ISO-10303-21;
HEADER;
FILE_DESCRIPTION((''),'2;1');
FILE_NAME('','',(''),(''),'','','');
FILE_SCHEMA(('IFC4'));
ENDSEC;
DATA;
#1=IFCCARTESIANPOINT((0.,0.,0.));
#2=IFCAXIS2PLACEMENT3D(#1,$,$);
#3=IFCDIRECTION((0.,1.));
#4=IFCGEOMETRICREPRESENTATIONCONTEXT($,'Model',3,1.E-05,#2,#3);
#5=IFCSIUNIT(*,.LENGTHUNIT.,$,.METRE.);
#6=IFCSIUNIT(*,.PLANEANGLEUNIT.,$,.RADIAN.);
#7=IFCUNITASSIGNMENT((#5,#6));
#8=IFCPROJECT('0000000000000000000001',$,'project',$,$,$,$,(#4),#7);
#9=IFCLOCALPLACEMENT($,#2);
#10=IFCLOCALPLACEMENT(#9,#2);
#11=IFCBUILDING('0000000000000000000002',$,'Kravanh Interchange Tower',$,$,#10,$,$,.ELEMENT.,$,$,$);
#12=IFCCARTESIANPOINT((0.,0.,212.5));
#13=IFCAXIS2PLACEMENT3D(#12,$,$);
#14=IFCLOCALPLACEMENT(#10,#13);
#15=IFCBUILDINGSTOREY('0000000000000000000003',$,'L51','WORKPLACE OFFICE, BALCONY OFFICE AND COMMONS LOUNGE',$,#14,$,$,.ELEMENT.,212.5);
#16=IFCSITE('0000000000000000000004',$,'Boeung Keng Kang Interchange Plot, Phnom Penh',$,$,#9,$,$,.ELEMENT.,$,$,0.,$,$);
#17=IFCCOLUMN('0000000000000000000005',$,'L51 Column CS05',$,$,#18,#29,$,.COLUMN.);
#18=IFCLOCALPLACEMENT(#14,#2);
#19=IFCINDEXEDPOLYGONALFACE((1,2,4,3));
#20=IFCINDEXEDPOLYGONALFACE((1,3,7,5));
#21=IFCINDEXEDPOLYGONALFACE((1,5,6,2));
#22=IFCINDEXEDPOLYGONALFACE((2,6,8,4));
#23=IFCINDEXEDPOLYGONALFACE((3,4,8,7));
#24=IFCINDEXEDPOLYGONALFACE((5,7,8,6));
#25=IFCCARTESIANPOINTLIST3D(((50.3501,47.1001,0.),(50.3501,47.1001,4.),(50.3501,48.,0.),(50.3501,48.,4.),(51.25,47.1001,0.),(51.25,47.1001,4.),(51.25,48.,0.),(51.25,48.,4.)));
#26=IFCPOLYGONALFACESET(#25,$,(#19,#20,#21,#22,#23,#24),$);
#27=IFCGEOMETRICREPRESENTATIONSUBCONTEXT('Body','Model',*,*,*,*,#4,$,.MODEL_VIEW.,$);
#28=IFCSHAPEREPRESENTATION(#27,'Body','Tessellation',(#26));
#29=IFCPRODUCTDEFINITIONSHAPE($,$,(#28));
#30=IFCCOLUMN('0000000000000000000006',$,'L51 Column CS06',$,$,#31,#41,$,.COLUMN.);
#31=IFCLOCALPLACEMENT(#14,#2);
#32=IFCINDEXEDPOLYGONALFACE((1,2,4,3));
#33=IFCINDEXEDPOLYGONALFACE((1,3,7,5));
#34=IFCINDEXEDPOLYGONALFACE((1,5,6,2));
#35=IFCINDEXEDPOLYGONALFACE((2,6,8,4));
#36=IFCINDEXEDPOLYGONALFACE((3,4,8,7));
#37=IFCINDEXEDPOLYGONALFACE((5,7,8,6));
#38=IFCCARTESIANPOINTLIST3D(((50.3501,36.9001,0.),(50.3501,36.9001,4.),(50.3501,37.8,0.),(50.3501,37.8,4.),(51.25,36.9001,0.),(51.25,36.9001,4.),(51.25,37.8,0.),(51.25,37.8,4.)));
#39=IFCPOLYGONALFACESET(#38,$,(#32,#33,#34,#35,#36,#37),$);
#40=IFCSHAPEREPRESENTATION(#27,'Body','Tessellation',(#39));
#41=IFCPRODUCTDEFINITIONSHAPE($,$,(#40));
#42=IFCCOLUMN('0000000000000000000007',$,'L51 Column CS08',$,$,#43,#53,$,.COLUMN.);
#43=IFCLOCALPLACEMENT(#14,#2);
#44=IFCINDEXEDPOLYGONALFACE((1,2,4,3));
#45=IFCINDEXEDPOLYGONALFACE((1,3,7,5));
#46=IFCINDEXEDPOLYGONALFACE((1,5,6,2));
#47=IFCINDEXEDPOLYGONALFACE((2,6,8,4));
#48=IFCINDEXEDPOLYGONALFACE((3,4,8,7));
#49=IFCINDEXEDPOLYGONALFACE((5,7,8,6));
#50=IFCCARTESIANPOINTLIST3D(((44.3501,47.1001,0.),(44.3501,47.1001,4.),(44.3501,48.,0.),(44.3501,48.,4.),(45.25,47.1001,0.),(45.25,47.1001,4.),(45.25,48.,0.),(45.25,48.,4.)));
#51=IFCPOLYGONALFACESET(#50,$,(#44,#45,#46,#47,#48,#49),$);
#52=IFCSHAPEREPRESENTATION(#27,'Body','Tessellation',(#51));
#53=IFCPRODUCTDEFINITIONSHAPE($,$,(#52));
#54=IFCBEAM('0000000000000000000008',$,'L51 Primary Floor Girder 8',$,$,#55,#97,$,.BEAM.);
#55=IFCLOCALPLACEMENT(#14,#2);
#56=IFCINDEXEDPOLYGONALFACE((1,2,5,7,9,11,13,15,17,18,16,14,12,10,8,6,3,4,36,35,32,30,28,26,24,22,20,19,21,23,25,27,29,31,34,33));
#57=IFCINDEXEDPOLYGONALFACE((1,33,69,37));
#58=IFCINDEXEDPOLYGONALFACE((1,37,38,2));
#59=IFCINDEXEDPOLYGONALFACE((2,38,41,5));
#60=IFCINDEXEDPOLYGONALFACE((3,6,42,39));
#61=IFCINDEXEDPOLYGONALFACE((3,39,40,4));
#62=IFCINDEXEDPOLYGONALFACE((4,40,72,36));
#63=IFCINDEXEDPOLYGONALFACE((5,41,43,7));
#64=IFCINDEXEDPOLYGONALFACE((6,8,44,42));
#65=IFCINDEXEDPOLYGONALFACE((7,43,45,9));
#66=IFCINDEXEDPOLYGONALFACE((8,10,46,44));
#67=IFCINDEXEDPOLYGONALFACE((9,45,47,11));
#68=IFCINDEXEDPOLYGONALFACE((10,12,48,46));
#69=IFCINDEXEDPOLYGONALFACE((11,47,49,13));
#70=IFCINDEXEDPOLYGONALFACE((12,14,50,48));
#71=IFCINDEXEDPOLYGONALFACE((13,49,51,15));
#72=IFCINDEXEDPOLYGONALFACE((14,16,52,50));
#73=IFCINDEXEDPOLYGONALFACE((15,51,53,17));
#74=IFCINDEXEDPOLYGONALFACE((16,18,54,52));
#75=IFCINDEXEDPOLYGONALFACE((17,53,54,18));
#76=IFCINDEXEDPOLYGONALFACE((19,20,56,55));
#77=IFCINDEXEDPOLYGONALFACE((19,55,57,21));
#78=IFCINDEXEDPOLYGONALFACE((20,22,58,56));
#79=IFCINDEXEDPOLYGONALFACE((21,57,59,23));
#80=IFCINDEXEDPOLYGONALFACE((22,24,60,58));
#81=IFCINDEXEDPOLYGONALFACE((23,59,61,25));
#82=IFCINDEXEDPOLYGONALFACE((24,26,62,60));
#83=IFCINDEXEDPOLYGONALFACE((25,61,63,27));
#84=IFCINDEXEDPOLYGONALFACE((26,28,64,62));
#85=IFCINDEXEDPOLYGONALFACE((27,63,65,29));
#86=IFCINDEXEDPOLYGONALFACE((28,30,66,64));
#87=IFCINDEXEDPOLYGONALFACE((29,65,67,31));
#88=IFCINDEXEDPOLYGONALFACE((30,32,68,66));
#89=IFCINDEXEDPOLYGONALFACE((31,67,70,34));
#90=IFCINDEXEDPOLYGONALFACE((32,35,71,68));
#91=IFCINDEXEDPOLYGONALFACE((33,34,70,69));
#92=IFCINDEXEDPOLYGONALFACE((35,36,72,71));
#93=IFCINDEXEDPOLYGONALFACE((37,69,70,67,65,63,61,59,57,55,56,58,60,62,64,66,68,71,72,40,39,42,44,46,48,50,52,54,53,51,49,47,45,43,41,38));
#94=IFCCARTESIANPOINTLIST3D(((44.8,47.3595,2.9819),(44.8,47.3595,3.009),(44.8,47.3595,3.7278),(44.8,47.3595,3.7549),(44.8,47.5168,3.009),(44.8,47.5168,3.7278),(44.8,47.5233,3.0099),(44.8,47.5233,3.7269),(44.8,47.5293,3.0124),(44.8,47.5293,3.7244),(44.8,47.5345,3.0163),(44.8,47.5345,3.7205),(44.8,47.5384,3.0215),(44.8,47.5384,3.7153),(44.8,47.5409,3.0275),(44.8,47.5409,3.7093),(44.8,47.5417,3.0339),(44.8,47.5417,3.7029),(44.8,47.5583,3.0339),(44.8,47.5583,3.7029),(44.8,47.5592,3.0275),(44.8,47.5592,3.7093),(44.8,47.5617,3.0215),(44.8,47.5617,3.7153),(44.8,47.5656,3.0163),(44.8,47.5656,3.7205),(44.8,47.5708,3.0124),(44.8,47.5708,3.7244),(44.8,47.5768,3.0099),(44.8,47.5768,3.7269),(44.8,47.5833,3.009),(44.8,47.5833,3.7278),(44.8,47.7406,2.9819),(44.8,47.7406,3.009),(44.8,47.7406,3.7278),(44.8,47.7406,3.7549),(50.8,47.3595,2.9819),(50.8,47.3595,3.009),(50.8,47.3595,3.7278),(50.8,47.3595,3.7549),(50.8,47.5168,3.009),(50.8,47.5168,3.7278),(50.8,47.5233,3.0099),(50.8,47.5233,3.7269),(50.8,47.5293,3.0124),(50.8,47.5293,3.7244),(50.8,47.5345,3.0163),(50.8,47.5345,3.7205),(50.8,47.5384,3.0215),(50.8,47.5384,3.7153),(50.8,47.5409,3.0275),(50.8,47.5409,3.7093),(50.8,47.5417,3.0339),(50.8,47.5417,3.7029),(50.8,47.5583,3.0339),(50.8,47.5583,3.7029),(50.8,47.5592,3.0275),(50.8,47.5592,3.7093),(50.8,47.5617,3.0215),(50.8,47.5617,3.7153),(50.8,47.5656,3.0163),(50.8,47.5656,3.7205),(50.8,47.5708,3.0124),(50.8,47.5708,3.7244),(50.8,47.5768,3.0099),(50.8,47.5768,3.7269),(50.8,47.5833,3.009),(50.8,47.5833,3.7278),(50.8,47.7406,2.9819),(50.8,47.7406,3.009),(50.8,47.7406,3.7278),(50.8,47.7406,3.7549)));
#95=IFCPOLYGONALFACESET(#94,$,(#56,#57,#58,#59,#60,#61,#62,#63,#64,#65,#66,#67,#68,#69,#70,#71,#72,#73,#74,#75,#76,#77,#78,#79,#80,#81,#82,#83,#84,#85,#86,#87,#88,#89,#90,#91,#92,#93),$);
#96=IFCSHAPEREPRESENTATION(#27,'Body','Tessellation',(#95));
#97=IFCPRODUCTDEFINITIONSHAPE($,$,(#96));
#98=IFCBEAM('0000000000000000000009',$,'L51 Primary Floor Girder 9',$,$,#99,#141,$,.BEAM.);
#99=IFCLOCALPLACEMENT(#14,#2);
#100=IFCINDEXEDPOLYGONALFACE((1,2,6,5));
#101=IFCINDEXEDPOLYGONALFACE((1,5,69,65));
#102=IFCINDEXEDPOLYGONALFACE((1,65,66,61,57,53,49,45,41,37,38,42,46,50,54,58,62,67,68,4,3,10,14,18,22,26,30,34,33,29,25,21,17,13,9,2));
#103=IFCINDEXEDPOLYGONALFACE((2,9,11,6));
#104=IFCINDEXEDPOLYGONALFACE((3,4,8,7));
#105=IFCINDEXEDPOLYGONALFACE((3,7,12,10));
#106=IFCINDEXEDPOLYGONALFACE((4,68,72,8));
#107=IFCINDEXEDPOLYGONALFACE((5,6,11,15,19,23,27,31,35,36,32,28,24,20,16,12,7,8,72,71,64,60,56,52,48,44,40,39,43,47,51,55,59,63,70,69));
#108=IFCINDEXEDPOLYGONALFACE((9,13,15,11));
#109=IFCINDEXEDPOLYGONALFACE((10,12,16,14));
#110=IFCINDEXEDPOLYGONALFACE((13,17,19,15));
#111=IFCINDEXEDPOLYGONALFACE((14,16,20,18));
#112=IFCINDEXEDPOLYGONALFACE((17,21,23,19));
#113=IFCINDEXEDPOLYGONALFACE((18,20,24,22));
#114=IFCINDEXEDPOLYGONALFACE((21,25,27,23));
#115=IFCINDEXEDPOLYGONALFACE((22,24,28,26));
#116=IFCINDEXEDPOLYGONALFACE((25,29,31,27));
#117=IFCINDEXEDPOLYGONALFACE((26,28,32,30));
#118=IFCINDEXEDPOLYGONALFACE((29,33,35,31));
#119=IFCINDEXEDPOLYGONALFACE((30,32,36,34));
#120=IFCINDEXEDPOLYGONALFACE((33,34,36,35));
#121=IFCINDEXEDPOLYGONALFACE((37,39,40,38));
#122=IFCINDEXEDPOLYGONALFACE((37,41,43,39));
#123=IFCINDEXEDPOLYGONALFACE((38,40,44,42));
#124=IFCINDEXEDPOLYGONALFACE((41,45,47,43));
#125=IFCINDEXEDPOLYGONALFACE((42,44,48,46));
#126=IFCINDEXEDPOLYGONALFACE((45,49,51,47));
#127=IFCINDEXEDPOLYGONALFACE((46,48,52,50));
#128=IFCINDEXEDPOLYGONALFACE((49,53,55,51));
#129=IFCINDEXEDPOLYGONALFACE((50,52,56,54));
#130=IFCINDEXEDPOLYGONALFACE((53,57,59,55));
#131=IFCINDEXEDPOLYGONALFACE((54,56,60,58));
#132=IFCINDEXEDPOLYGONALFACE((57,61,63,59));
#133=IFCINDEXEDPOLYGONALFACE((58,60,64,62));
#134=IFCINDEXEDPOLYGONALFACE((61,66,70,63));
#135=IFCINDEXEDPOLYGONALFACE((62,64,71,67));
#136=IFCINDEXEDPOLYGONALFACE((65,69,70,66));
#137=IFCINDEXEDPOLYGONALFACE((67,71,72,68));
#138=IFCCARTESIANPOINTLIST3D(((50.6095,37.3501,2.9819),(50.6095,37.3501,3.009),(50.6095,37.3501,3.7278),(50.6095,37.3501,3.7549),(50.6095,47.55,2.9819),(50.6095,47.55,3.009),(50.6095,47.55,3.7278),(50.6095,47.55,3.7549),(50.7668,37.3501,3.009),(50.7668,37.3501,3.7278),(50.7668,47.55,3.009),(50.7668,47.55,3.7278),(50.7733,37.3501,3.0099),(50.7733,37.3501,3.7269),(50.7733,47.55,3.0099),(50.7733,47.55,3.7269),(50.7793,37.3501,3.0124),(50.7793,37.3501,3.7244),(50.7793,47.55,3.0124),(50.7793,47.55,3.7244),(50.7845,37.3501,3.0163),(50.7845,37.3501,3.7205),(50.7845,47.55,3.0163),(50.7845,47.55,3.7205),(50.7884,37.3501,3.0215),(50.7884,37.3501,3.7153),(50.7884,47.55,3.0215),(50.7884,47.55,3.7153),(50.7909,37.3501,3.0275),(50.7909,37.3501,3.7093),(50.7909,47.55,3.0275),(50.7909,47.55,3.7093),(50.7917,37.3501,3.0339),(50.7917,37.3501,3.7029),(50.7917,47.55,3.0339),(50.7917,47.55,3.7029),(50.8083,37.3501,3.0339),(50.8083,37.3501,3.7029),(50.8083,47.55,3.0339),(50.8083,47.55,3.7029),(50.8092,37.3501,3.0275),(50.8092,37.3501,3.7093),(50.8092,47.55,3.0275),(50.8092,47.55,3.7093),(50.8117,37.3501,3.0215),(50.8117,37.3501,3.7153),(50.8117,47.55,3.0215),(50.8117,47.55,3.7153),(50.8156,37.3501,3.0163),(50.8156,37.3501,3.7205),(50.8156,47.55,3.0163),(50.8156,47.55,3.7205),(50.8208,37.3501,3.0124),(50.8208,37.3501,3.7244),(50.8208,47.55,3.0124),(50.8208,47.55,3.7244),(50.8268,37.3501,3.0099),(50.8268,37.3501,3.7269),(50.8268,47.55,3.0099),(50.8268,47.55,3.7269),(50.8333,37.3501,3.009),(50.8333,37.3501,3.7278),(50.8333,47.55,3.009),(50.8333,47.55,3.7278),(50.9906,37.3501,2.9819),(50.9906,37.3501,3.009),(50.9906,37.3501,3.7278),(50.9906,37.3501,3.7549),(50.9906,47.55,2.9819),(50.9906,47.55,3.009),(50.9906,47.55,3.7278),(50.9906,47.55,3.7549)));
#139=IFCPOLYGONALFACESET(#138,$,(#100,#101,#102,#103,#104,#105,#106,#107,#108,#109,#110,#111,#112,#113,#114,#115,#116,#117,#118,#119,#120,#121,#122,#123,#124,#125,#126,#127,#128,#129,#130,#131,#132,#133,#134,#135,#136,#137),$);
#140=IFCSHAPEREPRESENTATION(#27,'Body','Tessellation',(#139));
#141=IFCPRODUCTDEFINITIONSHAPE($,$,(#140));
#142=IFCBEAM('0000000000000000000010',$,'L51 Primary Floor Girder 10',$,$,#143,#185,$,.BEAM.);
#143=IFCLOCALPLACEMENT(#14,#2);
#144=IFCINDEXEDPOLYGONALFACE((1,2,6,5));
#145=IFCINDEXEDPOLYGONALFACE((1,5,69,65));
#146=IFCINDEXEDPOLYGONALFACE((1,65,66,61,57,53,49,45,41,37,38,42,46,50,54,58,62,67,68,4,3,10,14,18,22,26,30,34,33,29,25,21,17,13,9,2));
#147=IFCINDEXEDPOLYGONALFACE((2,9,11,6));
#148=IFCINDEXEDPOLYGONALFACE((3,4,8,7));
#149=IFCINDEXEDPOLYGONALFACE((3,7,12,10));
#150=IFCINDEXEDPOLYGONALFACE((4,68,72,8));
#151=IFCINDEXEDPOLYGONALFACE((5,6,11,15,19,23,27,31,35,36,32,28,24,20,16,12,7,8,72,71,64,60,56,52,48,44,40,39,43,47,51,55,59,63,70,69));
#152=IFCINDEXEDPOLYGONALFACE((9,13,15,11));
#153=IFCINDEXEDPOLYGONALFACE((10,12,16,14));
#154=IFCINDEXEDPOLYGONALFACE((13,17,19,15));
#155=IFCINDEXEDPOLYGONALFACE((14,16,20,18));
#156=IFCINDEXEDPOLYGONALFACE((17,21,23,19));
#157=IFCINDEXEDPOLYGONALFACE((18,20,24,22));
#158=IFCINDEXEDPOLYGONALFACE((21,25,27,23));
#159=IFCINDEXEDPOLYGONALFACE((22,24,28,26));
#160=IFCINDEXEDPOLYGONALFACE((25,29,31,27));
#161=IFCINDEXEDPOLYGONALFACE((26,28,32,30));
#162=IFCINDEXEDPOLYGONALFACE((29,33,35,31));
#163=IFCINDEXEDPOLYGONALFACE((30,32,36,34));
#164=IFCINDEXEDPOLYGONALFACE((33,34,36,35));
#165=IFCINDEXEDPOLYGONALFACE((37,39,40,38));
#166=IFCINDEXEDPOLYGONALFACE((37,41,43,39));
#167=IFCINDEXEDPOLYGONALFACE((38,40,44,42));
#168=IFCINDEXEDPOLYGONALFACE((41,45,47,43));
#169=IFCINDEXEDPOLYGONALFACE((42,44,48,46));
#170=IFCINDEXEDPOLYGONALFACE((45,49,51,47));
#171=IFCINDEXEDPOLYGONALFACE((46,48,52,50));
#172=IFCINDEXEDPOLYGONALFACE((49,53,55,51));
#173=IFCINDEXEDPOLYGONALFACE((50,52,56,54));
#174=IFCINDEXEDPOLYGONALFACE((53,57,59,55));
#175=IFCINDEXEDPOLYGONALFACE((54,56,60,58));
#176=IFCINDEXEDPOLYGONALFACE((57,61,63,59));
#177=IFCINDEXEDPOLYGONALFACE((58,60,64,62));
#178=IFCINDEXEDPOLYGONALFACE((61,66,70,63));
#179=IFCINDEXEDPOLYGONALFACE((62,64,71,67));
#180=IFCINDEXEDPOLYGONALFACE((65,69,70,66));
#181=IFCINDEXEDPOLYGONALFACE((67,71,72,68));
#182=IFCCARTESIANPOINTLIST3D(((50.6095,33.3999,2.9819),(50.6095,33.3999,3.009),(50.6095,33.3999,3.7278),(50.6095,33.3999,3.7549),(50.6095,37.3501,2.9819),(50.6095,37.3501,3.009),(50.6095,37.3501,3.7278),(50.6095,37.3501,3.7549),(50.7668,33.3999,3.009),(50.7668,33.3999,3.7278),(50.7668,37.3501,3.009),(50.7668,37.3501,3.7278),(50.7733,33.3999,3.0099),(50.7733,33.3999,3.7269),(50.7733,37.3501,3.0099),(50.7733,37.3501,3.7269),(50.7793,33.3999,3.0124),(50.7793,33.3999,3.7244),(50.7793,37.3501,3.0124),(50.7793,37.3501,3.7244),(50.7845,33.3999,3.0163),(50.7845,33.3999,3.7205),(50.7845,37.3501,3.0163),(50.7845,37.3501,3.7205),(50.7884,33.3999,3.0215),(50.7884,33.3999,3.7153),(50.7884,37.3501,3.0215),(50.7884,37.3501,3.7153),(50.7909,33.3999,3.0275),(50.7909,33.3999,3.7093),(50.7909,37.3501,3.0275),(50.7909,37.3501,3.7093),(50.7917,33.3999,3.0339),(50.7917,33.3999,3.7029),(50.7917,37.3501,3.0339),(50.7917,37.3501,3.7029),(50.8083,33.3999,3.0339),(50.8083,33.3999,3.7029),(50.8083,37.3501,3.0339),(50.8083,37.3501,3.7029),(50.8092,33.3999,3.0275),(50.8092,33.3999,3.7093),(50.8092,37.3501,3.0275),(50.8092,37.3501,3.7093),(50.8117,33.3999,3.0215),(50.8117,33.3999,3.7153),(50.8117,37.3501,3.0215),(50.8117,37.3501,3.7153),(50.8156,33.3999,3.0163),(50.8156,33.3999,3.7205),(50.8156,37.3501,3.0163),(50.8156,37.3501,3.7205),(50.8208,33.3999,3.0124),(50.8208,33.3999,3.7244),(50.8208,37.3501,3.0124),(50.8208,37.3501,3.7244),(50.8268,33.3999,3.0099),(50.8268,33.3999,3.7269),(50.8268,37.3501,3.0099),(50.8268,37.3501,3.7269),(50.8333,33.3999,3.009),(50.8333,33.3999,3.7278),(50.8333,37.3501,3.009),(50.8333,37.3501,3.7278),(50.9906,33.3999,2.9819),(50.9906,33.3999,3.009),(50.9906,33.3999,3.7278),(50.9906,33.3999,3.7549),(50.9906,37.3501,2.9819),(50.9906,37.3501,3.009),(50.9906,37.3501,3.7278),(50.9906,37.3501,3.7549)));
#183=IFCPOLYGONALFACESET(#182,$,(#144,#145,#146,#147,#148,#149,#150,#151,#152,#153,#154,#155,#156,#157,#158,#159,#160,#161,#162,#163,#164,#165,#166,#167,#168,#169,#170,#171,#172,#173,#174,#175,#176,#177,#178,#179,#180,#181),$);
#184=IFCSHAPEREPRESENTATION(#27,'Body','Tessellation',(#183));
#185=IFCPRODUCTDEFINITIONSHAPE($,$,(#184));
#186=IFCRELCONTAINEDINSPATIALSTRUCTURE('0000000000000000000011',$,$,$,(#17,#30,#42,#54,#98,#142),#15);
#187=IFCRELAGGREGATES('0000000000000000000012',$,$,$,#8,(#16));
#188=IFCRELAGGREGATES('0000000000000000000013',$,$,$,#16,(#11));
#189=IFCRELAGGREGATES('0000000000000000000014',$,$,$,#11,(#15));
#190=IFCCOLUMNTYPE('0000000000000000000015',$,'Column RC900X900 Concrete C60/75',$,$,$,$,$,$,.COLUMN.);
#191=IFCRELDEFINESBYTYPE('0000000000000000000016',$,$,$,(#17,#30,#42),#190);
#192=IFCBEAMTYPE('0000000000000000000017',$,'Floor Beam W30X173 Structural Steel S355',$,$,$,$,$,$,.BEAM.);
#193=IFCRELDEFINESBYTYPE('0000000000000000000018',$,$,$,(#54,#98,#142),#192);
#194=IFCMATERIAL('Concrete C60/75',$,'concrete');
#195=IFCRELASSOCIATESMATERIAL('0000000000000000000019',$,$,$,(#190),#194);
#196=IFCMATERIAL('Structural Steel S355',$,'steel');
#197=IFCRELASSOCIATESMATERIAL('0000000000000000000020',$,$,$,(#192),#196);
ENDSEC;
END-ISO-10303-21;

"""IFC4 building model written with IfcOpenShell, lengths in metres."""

from ifc_helpers import new_model, si_unit, direction, frame, origin, origin_2d, place, context, subcontext, project, spatial, rectangle, i_section, extrude, material, material_profile, profile_set, type_object, element, save


model = new_model("IFC4")

# Units and contexts
model_context = context("Model", 3, precision=1e-05, world=origin(), true_north=direction((0.0, 1.0)))
body_context = subcontext(model_context, "Body", "Model", "MODEL_VIEW")
ifc_project = project(units=[si_unit("LENGTHUNIT", "METRE"), si_unit("PLANEANGLEUNIT", "RADIAN")], contexts=[model_context])

# Site, building, storey
site_placement = place(None, origin())
site = spatial("IfcSite", under=ifc_project, at=site_placement, Name="Boeung Keng Kang Interchange Plot, Phnom Penh", CompositionType="ELEMENT", RefElevation=0.0)
building_placement = place(site_placement, origin())
building = spatial("IfcBuilding", under=site, at=building_placement, Name="Kravanh Interchange Tower", CompositionType="ELEMENT")
storey_placement = place(building_placement, frame((0.0, 0.0, 212.5)))
storey = spatial("IfcBuildingStorey", under=building, at=storey_placement, Name="L51", Description="WORKPLACE OFFICE, BALCONY OFFICE AND COMMONS LOUNGE", CompositionType="ELEMENT", Elevation=212.5)

# Columns
ifc_material_1 = material(Name="Concrete C60/75", Category="concrete")
ifc_material_profile_1 = material_profile(ifc_material_1, rectangle(XDim=0.8999, YDim=0.8999, at=origin_2d()), Name="RC900X900")
ifc_profile_set_1 = profile_set([ifc_material_profile_1], Name="Concrete C60/75")
column_type = type_object("IfcColumnType", Name="Column RC900X900 Concrete C60/75", PredefinedType="COLUMN", material=ifc_profile_set_1)
for number, where, z_axis, x_axis, name in (
    (1, (50.8, 47.55, 0.0), (0.0, 0.0, 1.0), (1.0, 0.0, 0.0), "L51 Column CS05"),
    (2, (50.8, 37.3501, 0.0), (0.0, 0.0, 1.0), (1.0, 0.0, 0.0), "L51 Column CS06"),
    (3, (44.8, 47.55, 0.0), (0.0, 0.0, 1.0), (1.0, 0.0, 0.0), "L51 Column CS08"),
):
    element("IfcColumn", number, at=place(storey_placement, frame(where, z_axis=z_axis, x_axis=x_axis)), inside=storey, type_object=column_type, Name=name, PredefinedType="COLUMN", context=body_context, shape_type="SweptSolid", body=[
        extrude(rectangle(XDim=0.8999, YDim=0.8999, at=origin_2d()), origin(), (0.0, 0.0, 1.0), 4.0),
    ])

# Beams
ifc_material_2 = material(Name="Structural Steel S355", Category="steel")
ifc_material_profile_2 = material_profile(ifc_material_2, i_section(OverallWidth=0.3811, OverallDepth=0.7729, WebThickness=0.0166, FlangeThickness=0.0271, FilletRadius=0.0249, at=origin_2d()), Name="W30X173")
ifc_profile_set_2 = profile_set([ifc_material_profile_2], Name="Structural Steel S355")
beam_type_1 = type_object("IfcBeamType", Name="Floor Beam W30X173 Structural Steel S355", PredefinedType="BEAM", material=ifc_profile_set_2)
beam_1_placement = place(storey_placement, frame((50.8, 47.55, 3.3684), z_axis=(-1.0, 0.0, 0.0), x_axis=(0.0, -1.0, 0.0)))
element("IfcBeam", 4, at=beam_1_placement, inside=storey, type_object=beam_type_1, Name="L51 Primary Floor Girder 8", PredefinedType="BEAM", context=body_context, shape_type="SweptSolid", body=[
    extrude(i_section(OverallWidth=0.3811, OverallDepth=0.7729, WebThickness=0.0166, FlangeThickness=0.0271, FilletRadius=0.0249, at=origin_2d()), origin(), (0.0, 0.0, 1.0), 6.0),
])
beam_2_placement = place(storey_placement, frame((50.8, 47.55, 3.3684), z_axis=(0.0, -1.0, 0.0), x_axis=(1.0, 0.0, 0.0)))
element("IfcBeam", 5, at=beam_2_placement, inside=storey, type_object=beam_type_1, Name="L51 Primary Floor Girder 9", PredefinedType="BEAM", context=body_context, shape_type="SweptSolid", body=[
    extrude(i_section(OverallWidth=0.3811, OverallDepth=0.7729, WebThickness=0.0166, FlangeThickness=0.0271, FilletRadius=0.0249, at=origin_2d()), origin(), (0.0, 0.0, 1.0), 10.2),
])
beam_3_placement = place(storey_placement, frame((50.8, 37.3501, 3.3684), z_axis=(0.0, -1.0, 0.0), x_axis=(1.0, 0.0, 0.0)))
element("IfcBeam", 6, at=beam_3_placement, inside=storey, type_object=beam_type_1, Name="L51 Primary Floor Girder 10", PredefinedType="BEAM", context=body_context, shape_type="SweptSolid", body=[
    extrude(i_section(OverallWidth=0.3811, OverallDepth=0.7729, WebThickness=0.0166, FlangeThickness=0.0271, FilletRadius=0.0249, at=origin_2d()), origin(), (0.0, 0.0, 1.0), 3.9502),
])

save(model, "model.ifc")
